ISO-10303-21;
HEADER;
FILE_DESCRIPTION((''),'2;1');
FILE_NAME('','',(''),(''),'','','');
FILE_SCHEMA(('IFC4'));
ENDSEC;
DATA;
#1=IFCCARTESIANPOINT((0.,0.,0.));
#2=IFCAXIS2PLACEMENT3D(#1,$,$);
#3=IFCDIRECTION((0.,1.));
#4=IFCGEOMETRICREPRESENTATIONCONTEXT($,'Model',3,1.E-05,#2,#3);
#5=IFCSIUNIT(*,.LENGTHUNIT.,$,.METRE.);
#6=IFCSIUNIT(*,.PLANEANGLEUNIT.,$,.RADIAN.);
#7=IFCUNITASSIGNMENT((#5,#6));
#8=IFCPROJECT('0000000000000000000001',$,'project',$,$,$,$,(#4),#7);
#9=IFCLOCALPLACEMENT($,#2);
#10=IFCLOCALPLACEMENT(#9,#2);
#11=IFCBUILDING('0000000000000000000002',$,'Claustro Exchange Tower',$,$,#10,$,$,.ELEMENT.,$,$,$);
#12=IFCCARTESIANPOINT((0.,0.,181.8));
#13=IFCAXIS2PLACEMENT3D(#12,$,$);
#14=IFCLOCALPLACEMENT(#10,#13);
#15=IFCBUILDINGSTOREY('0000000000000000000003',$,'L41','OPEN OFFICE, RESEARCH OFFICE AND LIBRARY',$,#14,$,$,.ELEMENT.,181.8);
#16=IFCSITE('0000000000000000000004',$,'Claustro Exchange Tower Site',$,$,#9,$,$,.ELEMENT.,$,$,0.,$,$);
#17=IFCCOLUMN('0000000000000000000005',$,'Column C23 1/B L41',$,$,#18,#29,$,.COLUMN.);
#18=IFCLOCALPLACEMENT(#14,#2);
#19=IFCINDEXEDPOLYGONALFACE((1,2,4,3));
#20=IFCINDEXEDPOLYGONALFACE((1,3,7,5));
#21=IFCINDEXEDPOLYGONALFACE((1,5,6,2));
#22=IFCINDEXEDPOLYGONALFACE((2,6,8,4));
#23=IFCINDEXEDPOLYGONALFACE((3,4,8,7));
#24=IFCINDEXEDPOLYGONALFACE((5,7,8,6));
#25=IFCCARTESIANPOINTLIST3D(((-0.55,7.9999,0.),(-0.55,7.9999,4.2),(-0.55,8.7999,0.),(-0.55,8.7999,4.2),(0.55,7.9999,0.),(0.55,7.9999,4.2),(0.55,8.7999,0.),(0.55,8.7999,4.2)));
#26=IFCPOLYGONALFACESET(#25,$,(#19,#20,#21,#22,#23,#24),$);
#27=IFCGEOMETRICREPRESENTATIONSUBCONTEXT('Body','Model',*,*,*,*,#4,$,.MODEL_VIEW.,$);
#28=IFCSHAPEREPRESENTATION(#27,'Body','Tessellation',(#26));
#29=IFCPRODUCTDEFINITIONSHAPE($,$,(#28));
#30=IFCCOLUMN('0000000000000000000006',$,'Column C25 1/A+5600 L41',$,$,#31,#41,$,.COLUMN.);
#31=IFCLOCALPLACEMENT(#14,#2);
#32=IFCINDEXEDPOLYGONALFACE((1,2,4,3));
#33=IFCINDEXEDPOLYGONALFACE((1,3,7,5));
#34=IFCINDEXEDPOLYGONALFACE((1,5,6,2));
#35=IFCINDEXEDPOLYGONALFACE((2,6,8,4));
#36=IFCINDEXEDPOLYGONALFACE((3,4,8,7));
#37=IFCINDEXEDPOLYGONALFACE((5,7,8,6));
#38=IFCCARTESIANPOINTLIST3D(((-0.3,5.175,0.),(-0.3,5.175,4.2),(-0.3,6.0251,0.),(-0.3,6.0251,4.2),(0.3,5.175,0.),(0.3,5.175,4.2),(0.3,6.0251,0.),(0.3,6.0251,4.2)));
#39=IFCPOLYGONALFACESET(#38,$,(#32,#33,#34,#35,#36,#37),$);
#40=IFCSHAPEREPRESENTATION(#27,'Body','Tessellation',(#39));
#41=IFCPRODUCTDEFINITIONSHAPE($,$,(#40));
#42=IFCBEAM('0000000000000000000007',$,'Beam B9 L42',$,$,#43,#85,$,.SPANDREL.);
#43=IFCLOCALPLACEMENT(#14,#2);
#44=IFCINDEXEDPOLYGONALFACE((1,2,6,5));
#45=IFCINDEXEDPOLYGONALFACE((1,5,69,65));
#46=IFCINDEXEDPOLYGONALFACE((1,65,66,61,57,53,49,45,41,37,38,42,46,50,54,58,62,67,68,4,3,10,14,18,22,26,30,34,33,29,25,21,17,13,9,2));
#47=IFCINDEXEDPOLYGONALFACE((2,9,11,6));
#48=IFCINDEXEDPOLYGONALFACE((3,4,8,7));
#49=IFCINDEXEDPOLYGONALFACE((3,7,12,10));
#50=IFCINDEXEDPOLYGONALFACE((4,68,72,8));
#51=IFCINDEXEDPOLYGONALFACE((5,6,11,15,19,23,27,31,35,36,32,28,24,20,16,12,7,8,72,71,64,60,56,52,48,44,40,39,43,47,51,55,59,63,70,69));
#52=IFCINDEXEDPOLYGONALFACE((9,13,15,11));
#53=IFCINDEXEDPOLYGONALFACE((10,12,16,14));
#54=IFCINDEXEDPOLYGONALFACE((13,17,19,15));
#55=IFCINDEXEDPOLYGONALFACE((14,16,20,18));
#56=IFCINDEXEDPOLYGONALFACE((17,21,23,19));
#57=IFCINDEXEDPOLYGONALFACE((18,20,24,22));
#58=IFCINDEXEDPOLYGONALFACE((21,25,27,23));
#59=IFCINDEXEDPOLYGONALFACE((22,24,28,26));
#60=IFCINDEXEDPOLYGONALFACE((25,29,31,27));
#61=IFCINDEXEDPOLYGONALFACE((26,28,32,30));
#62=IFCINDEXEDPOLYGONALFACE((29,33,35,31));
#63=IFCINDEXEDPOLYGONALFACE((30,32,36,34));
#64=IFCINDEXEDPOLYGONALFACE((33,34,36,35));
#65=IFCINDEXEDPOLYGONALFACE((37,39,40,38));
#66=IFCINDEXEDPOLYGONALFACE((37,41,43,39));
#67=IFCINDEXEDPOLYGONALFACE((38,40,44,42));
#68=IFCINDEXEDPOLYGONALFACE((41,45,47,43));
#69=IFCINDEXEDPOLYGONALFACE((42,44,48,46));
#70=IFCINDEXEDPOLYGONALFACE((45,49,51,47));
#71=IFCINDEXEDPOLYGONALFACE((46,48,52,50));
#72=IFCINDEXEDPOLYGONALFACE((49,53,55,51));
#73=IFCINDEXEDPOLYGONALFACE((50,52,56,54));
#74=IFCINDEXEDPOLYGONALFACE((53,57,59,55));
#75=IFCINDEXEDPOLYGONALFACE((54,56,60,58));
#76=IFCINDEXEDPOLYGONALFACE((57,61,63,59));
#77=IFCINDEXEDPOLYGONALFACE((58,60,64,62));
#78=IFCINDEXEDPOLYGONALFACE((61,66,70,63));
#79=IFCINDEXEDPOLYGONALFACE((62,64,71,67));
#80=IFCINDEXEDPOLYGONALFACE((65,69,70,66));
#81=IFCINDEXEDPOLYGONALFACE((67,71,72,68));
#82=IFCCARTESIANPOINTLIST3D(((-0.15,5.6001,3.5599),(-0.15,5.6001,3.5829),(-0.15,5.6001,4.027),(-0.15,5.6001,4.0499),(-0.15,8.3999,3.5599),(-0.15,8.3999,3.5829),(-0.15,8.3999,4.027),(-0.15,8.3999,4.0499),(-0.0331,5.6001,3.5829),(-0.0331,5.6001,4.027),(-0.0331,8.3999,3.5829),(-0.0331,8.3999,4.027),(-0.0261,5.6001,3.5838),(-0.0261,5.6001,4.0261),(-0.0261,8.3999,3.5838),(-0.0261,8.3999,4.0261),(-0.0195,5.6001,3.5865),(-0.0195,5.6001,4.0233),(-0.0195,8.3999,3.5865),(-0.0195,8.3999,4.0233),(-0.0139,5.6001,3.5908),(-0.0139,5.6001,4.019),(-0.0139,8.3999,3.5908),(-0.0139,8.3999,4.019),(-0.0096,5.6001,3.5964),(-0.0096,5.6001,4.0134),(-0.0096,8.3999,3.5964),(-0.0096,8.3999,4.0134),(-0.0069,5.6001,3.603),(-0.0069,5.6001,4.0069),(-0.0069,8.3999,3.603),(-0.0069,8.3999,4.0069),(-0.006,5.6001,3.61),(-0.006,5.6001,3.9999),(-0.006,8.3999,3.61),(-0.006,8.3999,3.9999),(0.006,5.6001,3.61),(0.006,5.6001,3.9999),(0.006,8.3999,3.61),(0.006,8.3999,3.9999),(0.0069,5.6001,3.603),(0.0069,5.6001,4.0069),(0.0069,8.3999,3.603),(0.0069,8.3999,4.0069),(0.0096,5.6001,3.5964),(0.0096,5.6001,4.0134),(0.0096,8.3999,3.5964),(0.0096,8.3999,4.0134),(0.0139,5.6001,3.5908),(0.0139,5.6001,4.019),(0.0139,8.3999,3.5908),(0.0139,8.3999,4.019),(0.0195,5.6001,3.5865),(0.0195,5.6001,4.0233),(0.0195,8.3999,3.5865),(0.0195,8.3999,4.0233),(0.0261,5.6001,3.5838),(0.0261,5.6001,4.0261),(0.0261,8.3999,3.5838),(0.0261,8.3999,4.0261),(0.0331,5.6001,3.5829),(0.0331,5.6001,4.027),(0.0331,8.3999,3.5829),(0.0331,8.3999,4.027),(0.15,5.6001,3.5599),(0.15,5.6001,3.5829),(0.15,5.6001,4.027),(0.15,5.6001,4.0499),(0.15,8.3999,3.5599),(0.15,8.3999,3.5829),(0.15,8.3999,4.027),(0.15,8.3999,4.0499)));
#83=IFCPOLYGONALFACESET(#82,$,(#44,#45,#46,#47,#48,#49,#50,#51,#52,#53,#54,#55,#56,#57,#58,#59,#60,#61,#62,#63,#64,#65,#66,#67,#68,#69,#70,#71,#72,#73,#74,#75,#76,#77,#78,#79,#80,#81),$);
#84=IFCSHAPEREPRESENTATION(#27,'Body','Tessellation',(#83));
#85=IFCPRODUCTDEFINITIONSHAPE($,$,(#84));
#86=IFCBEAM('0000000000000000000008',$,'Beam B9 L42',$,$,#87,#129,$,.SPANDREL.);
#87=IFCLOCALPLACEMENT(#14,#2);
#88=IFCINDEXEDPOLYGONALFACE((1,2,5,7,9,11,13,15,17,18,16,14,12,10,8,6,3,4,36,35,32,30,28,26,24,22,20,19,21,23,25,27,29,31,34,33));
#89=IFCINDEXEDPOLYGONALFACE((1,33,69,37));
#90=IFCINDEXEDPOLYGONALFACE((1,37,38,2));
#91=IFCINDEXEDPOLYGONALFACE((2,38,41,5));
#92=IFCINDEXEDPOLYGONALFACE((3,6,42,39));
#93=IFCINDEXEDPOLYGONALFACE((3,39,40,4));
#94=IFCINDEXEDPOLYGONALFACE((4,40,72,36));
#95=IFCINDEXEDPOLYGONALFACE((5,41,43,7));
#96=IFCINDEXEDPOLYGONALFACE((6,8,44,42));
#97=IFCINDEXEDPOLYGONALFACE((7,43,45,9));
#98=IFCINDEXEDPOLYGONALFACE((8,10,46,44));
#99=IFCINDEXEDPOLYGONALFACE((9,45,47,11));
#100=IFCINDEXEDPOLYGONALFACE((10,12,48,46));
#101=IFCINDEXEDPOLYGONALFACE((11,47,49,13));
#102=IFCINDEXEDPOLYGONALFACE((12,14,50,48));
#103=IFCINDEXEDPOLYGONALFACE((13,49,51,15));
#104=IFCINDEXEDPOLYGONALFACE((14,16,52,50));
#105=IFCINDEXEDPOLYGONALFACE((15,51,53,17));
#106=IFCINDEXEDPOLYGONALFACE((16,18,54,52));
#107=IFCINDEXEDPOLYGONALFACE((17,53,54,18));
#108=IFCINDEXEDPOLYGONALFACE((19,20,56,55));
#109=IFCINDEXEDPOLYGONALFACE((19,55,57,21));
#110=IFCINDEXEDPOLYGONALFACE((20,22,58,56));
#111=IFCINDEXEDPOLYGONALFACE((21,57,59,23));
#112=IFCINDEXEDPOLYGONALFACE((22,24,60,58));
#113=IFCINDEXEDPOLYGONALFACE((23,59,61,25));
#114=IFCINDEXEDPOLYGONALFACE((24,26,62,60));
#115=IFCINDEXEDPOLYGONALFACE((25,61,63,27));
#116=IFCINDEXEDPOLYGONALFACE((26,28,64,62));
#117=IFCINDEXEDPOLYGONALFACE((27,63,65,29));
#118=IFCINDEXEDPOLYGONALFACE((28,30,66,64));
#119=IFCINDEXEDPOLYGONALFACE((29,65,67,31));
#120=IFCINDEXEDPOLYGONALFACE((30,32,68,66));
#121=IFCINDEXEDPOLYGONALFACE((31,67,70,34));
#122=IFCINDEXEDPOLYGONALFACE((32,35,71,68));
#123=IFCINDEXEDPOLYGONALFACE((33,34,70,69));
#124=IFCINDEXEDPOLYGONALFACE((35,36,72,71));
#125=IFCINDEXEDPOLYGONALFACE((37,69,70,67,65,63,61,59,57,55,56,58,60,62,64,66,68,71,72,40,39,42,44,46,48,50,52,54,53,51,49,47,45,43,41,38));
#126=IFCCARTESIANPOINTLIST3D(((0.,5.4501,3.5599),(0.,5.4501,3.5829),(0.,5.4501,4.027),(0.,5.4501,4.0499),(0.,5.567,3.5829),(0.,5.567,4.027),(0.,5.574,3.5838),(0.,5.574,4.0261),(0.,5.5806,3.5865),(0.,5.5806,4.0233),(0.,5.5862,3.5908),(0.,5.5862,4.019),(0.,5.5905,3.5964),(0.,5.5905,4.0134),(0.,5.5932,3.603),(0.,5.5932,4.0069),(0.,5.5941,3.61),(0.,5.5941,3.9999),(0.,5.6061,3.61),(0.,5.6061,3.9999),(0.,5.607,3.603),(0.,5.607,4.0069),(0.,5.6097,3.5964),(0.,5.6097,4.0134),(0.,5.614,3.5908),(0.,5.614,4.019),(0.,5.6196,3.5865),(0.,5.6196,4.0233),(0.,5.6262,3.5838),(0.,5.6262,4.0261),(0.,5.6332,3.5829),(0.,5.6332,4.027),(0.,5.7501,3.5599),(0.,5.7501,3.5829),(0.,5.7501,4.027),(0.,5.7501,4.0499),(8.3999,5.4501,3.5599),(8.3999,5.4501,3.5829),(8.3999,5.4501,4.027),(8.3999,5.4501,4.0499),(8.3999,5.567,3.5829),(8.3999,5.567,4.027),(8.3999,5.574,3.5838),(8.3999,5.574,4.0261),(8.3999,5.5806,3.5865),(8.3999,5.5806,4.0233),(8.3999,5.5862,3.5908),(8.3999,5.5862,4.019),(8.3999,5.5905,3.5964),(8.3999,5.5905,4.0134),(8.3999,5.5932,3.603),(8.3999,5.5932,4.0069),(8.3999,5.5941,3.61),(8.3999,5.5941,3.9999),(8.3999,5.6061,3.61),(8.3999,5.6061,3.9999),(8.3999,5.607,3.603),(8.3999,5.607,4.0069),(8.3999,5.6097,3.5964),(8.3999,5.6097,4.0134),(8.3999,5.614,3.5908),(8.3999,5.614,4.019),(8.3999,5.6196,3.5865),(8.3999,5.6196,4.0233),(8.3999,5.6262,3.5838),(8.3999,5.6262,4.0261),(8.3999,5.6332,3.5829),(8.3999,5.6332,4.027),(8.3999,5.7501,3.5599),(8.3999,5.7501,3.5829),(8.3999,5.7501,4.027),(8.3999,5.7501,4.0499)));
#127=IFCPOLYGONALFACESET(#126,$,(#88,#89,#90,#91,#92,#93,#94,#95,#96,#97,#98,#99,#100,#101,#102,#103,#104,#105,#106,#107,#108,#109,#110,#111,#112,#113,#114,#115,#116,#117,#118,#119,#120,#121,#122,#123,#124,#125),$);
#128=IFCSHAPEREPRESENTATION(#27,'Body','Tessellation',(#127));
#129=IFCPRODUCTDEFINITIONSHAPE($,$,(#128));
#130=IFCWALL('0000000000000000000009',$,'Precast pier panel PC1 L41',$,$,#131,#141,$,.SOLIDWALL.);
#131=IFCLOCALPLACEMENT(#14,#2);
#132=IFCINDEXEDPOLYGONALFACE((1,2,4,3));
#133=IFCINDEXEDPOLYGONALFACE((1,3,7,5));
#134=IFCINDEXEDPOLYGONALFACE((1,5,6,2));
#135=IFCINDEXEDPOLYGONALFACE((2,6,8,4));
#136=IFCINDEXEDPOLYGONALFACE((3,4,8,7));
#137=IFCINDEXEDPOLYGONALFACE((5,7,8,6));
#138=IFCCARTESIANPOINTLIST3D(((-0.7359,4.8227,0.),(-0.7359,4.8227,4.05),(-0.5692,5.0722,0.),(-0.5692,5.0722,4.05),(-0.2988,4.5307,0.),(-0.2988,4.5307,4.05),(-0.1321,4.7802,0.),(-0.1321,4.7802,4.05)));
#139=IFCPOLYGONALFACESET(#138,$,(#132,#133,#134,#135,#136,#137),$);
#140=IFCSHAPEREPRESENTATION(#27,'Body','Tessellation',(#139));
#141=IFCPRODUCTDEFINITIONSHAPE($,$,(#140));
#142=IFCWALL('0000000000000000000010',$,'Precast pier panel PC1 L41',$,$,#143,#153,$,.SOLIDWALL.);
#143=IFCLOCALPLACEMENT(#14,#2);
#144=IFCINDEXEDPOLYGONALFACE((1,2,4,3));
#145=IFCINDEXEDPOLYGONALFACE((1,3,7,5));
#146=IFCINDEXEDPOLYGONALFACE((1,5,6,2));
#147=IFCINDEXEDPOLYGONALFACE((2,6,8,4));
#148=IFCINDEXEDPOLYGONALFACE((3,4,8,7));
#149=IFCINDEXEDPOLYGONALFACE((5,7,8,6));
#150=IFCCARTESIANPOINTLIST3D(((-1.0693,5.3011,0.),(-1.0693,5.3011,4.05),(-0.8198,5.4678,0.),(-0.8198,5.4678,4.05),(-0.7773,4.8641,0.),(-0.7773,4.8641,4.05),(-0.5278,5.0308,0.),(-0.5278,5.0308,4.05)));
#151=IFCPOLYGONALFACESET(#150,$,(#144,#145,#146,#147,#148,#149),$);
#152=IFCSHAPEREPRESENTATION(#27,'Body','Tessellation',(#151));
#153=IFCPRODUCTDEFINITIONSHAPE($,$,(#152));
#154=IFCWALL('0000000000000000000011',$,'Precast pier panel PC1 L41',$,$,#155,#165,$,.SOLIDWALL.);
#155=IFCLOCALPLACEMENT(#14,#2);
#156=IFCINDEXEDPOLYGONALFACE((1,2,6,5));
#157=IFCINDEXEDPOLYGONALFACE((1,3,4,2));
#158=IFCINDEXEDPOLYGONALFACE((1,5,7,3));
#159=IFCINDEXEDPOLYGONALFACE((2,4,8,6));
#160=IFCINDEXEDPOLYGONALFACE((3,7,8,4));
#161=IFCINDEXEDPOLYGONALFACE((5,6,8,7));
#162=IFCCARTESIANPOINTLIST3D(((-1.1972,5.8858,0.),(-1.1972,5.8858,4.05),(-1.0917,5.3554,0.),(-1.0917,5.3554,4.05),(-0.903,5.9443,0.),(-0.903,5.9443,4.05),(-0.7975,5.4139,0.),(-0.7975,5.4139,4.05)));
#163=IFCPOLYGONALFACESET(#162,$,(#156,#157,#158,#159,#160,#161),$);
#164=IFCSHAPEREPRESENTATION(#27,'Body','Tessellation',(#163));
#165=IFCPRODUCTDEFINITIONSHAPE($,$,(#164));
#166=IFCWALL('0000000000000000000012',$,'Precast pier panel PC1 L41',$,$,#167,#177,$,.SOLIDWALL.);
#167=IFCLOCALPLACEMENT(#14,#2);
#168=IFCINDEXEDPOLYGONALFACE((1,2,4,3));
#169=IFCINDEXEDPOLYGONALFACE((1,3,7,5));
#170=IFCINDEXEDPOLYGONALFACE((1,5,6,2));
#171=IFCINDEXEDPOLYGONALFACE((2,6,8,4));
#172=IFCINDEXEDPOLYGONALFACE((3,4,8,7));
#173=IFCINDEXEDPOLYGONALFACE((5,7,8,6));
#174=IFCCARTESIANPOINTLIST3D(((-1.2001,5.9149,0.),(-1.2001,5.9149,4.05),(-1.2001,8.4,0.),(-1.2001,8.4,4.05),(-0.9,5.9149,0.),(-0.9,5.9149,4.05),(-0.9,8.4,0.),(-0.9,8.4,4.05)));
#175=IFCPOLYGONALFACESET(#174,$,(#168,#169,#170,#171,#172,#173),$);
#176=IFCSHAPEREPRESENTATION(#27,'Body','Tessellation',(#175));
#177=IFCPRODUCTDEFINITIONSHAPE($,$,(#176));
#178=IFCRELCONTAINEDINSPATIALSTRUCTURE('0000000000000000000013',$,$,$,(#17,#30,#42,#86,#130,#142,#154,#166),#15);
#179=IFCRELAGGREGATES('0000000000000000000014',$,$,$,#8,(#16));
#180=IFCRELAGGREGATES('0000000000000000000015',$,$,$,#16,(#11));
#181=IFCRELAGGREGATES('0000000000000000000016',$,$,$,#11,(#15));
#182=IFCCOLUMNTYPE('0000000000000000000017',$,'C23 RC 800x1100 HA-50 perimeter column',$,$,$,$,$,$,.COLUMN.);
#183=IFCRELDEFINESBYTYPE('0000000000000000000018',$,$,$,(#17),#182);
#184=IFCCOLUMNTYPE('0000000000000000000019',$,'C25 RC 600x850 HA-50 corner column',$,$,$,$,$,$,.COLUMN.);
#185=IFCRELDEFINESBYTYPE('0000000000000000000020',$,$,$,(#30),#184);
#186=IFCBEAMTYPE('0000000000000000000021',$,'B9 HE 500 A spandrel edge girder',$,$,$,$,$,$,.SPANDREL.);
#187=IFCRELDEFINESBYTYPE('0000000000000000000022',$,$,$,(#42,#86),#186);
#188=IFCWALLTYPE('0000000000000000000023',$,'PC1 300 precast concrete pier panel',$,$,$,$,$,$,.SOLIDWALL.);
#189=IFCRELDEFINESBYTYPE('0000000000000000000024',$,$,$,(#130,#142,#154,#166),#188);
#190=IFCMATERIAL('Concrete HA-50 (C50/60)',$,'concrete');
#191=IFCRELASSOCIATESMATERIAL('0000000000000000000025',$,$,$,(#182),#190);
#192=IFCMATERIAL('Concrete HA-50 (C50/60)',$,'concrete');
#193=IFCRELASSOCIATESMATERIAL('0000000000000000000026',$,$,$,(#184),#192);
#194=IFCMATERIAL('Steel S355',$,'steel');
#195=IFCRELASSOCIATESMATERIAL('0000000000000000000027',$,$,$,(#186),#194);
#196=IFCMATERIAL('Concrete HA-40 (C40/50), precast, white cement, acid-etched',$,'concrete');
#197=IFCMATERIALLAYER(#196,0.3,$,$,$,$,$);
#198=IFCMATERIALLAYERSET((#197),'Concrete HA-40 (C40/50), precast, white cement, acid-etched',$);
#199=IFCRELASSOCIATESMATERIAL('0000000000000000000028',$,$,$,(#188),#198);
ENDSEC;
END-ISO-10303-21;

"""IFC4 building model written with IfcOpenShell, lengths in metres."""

from ifc_helpers import new_model, si_unit, direction, frame, frame_2d, origin, origin_2d, place, context, subcontext, project, spatial, rectangle, i_section, extrude, material, layer, layer_set, material_profile, profile_set, type_object, element, save


model = new_model("IFC4")

# Units and contexts
model_context = context("Model", 3, precision=1e-05, world=origin(), true_north=direction((0.0, 1.0)))
body_context = subcontext(model_context, "Body", "Model", "MODEL_VIEW")
ifc_project = project(units=[si_unit("LENGTHUNIT", "METRE"), si_unit("PLANEANGLEUNIT", "RADIAN")], contexts=[model_context])

# Site, building, storey
site_placement = place(None, origin())
site = spatial("IfcSite", under=ifc_project, at=site_placement, Name="Claustro Exchange Tower Site", CompositionType="ELEMENT", RefElevation=0.0)
building_placement = place(site_placement, origin())
building = spatial("IfcBuilding", under=site, at=building_placement, Name="Claustro Exchange Tower", CompositionType="ELEMENT")
storey_placement = place(building_placement, frame((0.0, 0.0, 181.8)))
storey = spatial("IfcBuildingStorey", under=building, at=storey_placement, Name="L41", Description="OPEN OFFICE, RESEARCH OFFICE AND LIBRARY", CompositionType="ELEMENT", Elevation=181.8)

# Columns
ifc_material_1 = material(Name="Concrete HA-50 (C50/60)", Category="concrete")
ifc_material_profile_1 = material_profile(ifc_material_1, rectangle(XDim=0.8, YDim=1.1001, at=origin_2d()), Name="RC 800x1100")
ifc_profile_set_1 = profile_set([ifc_material_profile_1], Name="Concrete HA-50 (C50/60)")
column_type_1 = type_object("IfcColumnType", Name="C23 RC 800x1100 HA-50 perimeter column", PredefinedType="COLUMN", material=ifc_profile_set_1)
column_1_placement = place(storey_placement, frame((0.0, 8.3999, 0.0), z_axis=(0.0, 0.0, 1.0), x_axis=(0.0, 1.0, 0.0)))
element("IfcColumn", 1, at=column_1_placement, inside=storey, type_object=column_type_1, Name="Column C23 1/B L41", PredefinedType="COLUMN", context=body_context, shape_type="SweptSolid", body=[
    extrude(rectangle(XDim=0.8, YDim=1.1001, at=origin_2d()), origin(), (0.0, 0.0, 1.0), 4.2),
])
ifc_material_2 = material(Name="Concrete HA-50 (C50/60)", Category="concrete")
ifc_material_profile_2 = material_profile(ifc_material_2, rectangle(XDim=0.6001, YDim=0.8501, at=origin_2d()), Name="RC 600x850")
ifc_profile_set_2 = profile_set([ifc_material_profile_2], Name="Concrete HA-50 (C50/60)")
column_type_2 = type_object("IfcColumnType", Name="C25 RC 600x850 HA-50 corner column", PredefinedType="COLUMN", material=ifc_profile_set_2)
column_2_placement = place(storey_placement, frame((0.0, 5.6001, 0.0), z_axis=(0.0, 0.0, 1.0), x_axis=(1.0, 0.0, 0.0)))
element("IfcColumn", 2, at=column_2_placement, inside=storey, type_object=column_type_2, Name="Column C25 1/A+5600 L41", PredefinedType="COLUMN", context=body_context, shape_type="SweptSolid", body=[
    extrude(rectangle(XDim=0.6001, YDim=0.8501, at=origin_2d()), origin(), (0.0, 0.0, 1.0), 4.2),
])

# Beams
ifc_material_3 = material(Name="Steel S355", Category="steel")
ifc_material_profile_3 = material_profile(ifc_material_3, i_section(OverallWidth=0.3, OverallDepth=0.49, WebThickness=0.012, FlangeThickness=0.0229, FilletRadius=0.0271, at=origin_2d()), Name="HE 500 A")
ifc_profile_set_3 = profile_set([ifc_material_profile_3], Name="Steel S355")
beam_type = type_object("IfcBeamType", Name="B9 HE 500 A spandrel edge girder", PredefinedType="SPANDREL", material=ifc_profile_set_3)
beam_1_placement = place(storey_placement, frame((0.0, 5.6001, 3.8049), z_axis=(0.0, 1.0, 0.0), x_axis=(-1.0, 0.0, 0.0)))
element("IfcBeam", 3, at=beam_1_placement, inside=storey, type_object=beam_type, Name="Beam B9 L42", PredefinedType="SPANDREL", context=body_context, shape_type="SweptSolid", body=[
    extrude(i_section(OverallWidth=0.3, OverallDepth=0.49, WebThickness=0.012, FlangeThickness=0.0229, FilletRadius=0.0271, at=origin_2d()), origin(), (0.0, 0.0, 1.0), 2.7998),
])
beam_2_placement = place(storey_placement, frame((0.0, 5.6001, 3.8049), z_axis=(1.0, 0.0, 0.0), x_axis=(0.0, 1.0, 0.0)))
element("IfcBeam", 4, at=beam_2_placement, inside=storey, type_object=beam_type, Name="Beam B9 L42", PredefinedType="SPANDREL", context=body_context, shape_type="SweptSolid", body=[
    extrude(i_section(OverallWidth=0.3, OverallDepth=0.49, WebThickness=0.012, FlangeThickness=0.0229, FilletRadius=0.0271, at=origin_2d()), origin(), (0.0, 0.0, 1.0), 8.3999),
])

# Walls
ifc_material_4 = material(Name="Concrete HA-40 (C40/50), precast, white cement, acid-etched", Category="concrete")
ifc_layer_1 = layer(ifc_material_4, 0.3)
ifc_layer_set_1 = layer_set([ifc_layer_1], Name="Concrete HA-40 (C40/50), precast, white cement, acid-etched")
wall_type_1 = type_object("IfcWallType", Name="PC1 300 precast concrete pier panel", PredefinedType="SOLIDWALL", material=ifc_layer_set_1)
for number, where, z_axis, x_axis, name in (
    (5, (-0.2156, 4.6555, 0.0), (0.0, 0.0, 1.0), (-0.831478, 0.555557, 0.0), "Precast pier panel PC1 L41"),
    (6, (-0.6526, 4.9475, 0.0), (0.0, 0.0, 1.0), (-0.555557, 0.831478, 0.0), "Precast pier panel PC1 L41"),
):
    element("IfcWall", number, at=place(storey_placement, frame(where, z_axis=z_axis, x_axis=x_axis)), inside=storey, type_object=wall_type_1, Name=name, PredefinedType="SOLIDWALL", context=body_context, shape_type="SweptSolid", body=[
        extrude(rectangle(XDim=0.5256, YDim=0.3, at=frame_2d((0.2627, 0.0))), origin(), (0.0, 0.0, 1.0), 4.05),
    ])
wall_1_placement = place(storey_placement, frame((-0.9446, 5.3845, 0.0), z_axis=(0.0, 0.0, 1.0), x_axis=(-0.195074, 0.980789, 0.0)))
element("IfcWall", 7, at=wall_1_placement, inside=storey, type_object=wall_type_1, Name="Precast pier panel PC1 L41", PredefinedType="SOLIDWALL", context=body_context, shape_type="SweptSolid", body=[
    extrude(rectangle(XDim=0.5408, YDim=0.3, at=frame_2d((0.2705, 0.0))), origin(), (0.0, 0.0, 1.0), 4.05),
])
wall_2_placement = place(storey_placement, frame((-1.05, 5.9148, 0.0), z_axis=(0.0, 0.0, 1.0), x_axis=(0.0, 1.0, 0.0)))
element("IfcWall", 8, at=wall_2_placement, inside=storey, type_object=wall_type_1, Name="Precast pier panel PC1 L41", PredefinedType="SOLIDWALL", context=body_context, shape_type="SweptSolid", body=[
    extrude(rectangle(XDim=2.4851, YDim=0.3, at=frame_2d((1.2427, 0.0))), origin(), (0.0, 0.0, 1.0), 4.05),
])

save(model, "model.ifc")
